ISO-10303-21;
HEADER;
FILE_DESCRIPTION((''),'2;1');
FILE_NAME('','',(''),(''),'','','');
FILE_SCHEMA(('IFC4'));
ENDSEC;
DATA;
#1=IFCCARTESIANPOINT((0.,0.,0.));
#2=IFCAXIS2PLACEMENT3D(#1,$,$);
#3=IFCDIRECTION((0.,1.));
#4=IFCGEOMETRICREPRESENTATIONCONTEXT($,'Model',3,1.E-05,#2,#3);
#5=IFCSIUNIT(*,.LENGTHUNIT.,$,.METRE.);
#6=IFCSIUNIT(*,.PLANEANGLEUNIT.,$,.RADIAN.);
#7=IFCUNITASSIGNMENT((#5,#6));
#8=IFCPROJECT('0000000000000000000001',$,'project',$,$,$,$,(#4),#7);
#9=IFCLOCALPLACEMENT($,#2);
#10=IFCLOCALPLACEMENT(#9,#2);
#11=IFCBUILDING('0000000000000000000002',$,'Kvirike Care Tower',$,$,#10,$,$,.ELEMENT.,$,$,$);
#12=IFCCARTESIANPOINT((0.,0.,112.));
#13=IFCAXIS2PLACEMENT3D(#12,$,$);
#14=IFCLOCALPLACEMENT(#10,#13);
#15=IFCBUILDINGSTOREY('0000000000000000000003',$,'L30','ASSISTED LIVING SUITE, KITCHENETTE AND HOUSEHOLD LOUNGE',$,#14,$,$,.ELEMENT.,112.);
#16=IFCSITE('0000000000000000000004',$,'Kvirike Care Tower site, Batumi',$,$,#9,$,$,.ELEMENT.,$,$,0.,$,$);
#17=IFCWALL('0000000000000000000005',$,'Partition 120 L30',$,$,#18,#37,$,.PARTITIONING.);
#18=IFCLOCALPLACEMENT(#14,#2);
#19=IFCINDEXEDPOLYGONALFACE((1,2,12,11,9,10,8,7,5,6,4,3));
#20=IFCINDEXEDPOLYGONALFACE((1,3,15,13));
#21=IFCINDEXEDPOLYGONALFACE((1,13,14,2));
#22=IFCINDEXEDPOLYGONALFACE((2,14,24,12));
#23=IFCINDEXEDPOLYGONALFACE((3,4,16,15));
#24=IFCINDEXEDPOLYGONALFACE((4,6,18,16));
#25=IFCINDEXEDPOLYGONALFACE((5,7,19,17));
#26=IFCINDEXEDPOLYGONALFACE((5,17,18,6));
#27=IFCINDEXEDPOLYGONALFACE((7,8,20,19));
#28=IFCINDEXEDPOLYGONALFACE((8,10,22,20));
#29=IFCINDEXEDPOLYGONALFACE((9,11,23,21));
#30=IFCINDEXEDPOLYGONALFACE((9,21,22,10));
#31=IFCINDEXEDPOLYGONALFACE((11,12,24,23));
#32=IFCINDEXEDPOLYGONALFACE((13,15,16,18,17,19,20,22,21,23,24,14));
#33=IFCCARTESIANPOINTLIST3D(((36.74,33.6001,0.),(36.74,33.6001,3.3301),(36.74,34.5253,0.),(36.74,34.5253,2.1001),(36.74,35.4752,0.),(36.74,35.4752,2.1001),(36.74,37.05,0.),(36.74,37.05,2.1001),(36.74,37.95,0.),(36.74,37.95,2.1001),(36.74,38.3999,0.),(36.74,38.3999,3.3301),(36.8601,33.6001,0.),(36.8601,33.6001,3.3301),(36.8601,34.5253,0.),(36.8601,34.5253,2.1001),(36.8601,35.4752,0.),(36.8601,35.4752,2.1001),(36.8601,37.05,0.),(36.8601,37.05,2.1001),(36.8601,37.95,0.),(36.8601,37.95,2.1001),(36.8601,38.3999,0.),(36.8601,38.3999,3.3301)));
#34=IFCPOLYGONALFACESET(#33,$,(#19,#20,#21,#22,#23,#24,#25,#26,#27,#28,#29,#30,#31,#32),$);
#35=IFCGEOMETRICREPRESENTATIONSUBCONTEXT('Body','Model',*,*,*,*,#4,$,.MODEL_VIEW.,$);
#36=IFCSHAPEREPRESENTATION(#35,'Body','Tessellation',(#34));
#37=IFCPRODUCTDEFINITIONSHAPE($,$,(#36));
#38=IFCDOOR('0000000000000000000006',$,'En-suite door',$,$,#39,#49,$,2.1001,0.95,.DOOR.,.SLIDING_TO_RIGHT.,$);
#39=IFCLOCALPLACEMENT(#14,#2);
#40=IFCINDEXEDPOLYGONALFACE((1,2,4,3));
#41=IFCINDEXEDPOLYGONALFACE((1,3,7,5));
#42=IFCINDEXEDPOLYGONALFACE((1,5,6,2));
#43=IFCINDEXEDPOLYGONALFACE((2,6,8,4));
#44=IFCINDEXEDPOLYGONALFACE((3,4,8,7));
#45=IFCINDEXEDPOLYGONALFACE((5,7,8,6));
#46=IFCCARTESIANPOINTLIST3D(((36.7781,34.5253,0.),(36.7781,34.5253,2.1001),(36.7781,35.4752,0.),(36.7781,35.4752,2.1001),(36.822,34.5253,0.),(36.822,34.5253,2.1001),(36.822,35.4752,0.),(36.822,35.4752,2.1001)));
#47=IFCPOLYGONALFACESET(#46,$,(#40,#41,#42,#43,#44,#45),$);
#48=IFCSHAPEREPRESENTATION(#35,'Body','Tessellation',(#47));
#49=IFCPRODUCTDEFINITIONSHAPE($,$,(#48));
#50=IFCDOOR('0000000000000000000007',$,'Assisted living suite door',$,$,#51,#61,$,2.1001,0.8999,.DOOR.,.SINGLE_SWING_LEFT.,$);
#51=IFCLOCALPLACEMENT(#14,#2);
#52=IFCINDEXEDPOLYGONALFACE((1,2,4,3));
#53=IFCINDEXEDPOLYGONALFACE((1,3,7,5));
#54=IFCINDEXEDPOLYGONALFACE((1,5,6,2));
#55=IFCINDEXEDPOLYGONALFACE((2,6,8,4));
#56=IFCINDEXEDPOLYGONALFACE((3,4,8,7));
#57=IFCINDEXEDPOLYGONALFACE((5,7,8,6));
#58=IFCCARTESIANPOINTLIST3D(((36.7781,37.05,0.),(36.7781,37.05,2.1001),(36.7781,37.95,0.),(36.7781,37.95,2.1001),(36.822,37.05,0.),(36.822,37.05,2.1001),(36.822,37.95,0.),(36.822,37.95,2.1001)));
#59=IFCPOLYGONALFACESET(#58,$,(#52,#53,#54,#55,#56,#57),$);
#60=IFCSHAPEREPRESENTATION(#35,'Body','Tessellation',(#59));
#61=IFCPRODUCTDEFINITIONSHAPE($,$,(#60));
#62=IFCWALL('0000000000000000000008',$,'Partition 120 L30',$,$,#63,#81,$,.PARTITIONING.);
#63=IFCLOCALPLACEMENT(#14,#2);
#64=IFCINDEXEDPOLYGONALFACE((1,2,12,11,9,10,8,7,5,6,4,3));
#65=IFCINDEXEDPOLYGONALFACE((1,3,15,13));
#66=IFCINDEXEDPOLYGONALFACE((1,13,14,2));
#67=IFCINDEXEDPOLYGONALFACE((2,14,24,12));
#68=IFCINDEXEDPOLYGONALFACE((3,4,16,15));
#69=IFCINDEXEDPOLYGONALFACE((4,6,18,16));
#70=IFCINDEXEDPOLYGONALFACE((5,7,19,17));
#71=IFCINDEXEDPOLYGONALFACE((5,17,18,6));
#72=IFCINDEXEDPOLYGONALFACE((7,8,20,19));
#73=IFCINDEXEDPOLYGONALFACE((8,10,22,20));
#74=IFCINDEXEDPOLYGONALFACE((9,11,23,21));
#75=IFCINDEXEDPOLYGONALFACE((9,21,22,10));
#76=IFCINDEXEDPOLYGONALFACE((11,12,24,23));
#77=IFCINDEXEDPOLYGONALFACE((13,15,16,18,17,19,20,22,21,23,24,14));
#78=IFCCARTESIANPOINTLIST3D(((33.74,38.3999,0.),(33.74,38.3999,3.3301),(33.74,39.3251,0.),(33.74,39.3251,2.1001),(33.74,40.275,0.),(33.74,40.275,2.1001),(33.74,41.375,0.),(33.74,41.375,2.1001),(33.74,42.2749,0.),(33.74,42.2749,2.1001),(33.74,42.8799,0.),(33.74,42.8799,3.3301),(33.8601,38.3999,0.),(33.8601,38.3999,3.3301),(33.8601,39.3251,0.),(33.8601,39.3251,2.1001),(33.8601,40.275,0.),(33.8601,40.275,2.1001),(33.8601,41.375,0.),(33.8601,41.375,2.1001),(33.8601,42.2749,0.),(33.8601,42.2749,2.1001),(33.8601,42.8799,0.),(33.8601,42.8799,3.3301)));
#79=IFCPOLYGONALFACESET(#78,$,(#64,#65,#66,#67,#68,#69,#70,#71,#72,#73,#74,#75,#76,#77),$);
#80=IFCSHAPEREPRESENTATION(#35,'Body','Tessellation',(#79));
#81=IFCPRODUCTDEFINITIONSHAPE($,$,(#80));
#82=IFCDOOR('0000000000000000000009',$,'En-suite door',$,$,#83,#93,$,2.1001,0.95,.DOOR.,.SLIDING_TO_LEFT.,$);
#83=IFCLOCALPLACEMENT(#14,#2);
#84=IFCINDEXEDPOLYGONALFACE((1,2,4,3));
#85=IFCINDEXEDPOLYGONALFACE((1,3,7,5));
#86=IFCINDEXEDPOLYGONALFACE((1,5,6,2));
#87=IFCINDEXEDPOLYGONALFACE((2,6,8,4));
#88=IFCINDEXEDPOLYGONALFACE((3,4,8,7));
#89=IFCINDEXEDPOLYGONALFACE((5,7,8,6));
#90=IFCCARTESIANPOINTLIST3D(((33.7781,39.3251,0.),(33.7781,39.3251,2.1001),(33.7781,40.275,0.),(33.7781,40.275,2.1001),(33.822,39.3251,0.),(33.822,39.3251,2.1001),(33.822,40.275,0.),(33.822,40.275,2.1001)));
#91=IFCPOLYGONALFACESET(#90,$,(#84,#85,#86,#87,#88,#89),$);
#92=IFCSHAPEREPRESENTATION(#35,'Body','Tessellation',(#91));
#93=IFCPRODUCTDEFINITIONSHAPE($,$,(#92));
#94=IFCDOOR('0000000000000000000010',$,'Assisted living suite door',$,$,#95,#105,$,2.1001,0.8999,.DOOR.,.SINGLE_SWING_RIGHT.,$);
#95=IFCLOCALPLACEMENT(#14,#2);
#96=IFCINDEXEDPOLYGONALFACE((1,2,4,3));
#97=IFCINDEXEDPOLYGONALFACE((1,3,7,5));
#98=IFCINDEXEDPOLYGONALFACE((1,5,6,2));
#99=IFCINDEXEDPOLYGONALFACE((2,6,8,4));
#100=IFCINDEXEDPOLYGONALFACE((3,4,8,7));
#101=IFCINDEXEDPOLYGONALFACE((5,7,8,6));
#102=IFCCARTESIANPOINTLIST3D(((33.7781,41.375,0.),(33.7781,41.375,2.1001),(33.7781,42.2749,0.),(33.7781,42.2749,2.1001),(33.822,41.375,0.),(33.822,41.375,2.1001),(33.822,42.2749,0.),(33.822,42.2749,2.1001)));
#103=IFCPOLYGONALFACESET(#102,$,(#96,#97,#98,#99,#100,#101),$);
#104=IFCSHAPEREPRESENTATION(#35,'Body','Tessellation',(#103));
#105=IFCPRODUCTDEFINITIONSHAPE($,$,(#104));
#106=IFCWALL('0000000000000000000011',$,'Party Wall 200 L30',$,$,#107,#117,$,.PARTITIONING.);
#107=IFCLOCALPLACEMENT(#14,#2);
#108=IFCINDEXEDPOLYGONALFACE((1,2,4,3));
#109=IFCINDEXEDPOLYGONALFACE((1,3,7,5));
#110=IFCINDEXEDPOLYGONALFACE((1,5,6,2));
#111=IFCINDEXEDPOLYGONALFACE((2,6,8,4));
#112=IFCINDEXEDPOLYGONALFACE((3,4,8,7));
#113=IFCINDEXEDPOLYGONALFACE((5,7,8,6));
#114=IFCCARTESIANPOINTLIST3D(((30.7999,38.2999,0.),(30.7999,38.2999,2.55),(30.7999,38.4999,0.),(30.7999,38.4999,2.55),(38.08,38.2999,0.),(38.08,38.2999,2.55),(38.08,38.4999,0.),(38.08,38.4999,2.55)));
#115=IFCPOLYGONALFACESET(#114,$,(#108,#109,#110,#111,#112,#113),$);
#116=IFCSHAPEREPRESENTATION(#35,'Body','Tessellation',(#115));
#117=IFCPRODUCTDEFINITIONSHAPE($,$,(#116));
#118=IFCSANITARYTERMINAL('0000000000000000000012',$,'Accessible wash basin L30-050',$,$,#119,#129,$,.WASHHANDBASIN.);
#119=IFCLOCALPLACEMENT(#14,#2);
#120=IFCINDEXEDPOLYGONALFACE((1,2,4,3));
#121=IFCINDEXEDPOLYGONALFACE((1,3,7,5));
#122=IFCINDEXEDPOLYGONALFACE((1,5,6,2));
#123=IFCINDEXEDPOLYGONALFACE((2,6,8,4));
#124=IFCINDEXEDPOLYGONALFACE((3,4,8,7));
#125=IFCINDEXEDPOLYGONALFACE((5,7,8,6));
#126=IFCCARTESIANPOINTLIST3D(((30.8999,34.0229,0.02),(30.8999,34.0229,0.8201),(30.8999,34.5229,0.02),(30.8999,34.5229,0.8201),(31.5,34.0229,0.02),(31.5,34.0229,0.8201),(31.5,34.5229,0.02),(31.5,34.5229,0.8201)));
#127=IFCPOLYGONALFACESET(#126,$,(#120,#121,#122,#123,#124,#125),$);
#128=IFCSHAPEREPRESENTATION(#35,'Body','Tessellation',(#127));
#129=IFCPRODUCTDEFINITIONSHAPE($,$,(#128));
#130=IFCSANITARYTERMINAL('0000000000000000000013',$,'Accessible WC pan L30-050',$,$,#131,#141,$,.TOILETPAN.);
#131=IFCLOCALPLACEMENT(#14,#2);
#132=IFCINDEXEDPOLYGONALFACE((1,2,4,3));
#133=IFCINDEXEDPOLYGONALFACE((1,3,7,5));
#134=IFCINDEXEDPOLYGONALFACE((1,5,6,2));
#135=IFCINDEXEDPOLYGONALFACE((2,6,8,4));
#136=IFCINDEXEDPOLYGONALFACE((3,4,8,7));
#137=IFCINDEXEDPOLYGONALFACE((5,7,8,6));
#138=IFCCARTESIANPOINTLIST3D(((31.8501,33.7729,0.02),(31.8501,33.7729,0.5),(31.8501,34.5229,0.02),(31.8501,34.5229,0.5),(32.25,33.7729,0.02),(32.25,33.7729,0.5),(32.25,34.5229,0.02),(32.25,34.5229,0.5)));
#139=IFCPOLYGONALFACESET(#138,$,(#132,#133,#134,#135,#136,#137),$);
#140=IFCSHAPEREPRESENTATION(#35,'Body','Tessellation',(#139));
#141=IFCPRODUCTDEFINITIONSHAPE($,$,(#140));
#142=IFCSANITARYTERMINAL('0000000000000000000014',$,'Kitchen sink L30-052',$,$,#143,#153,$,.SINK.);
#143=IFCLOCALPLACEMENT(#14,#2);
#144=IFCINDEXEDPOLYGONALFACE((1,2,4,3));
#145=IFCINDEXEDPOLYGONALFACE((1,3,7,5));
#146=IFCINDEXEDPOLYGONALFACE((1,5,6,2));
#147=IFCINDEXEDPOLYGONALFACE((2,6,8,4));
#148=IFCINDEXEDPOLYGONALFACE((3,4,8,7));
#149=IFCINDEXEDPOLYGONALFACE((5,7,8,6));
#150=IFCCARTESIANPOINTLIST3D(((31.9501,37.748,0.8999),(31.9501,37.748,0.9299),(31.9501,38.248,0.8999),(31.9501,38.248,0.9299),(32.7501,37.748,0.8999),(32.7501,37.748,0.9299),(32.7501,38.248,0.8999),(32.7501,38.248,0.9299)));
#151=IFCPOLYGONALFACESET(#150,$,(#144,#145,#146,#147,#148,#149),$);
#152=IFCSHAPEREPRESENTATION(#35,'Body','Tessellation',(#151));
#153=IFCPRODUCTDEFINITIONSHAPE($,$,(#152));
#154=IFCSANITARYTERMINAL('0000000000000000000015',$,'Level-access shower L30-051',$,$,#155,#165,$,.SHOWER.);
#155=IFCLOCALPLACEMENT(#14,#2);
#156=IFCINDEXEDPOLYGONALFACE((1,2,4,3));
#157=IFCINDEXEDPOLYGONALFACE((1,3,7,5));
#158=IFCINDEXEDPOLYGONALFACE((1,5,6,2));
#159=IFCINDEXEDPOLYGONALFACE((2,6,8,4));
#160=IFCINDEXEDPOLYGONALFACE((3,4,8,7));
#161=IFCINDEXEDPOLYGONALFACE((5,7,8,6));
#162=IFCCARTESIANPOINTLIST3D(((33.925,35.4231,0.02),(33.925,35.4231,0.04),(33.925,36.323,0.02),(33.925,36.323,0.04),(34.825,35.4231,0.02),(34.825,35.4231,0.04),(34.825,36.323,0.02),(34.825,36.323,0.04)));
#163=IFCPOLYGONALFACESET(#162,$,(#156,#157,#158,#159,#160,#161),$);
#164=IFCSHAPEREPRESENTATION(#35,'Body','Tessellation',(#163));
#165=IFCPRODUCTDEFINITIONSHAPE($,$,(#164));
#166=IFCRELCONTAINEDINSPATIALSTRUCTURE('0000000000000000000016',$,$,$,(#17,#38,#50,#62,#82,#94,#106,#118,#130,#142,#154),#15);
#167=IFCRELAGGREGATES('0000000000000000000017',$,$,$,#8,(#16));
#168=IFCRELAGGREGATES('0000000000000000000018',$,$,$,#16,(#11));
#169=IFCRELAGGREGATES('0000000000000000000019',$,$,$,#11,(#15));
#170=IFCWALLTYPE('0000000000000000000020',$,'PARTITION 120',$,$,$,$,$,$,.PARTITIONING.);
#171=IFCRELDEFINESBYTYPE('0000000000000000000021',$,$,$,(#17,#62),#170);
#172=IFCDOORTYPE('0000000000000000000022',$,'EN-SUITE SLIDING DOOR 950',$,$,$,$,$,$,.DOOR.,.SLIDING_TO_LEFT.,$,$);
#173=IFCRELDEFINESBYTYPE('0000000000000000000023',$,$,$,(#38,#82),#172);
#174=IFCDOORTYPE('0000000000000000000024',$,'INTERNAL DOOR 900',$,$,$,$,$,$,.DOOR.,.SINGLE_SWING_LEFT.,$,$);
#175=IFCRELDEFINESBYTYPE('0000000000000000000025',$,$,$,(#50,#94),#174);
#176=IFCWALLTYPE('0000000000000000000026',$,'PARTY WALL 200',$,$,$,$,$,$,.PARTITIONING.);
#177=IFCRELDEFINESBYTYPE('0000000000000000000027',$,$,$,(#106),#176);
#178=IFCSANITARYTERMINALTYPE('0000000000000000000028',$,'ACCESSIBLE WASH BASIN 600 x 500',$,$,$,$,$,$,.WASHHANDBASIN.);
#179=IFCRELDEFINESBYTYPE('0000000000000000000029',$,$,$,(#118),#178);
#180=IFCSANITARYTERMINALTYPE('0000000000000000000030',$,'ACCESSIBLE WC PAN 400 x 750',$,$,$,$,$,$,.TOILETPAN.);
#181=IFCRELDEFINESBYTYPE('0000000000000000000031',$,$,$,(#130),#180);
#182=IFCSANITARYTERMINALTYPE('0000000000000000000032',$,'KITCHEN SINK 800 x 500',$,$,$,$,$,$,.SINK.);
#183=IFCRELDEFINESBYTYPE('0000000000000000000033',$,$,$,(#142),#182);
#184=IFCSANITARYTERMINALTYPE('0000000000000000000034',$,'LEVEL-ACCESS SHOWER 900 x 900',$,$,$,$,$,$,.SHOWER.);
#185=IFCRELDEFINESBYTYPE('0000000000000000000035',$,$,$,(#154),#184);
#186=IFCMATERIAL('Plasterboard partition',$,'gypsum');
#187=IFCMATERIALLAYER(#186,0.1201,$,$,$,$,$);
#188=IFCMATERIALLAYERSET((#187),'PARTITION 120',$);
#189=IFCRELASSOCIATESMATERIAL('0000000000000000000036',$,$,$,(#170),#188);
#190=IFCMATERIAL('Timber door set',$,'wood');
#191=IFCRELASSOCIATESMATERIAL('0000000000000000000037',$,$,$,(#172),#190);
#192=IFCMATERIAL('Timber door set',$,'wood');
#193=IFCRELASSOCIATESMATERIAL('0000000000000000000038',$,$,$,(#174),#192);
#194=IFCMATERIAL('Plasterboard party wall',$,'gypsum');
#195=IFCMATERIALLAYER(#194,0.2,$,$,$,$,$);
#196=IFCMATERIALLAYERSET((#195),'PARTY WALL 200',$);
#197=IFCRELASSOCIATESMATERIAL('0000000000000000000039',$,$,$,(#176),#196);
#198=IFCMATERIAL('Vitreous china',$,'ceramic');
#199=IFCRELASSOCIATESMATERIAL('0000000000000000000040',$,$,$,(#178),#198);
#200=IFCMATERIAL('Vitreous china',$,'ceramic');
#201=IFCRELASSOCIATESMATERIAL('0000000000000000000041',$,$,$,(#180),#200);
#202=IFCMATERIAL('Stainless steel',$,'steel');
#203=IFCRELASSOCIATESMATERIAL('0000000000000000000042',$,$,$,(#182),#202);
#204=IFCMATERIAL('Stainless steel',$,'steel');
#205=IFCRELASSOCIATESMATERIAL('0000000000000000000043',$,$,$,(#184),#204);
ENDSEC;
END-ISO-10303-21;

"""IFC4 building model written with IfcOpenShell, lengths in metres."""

from ifc_helpers import new_model, si_unit, direction, frame, frame_2d, origin, origin_2d, place, context, subcontext, project, spatial, rectangle, extrude, material, layer, layer_set, type_object, element, fill, save


model = new_model("IFC4")

# Units and contexts
model_context = context("Model", 3, precision=1e-05, world=origin(), true_north=direction((0.0, 1.0)))
body_context = subcontext(model_context, "Body", "Model", "MODEL_VIEW")
ifc_project = project(units=[si_unit("LENGTHUNIT", "METRE"), si_unit("PLANEANGLEUNIT", "RADIAN")], contexts=[model_context])

# Site, building, storey
site_placement = place(None, origin())
site = spatial("IfcSite", under=ifc_project, at=site_placement, Name="Kvirike Care Tower site, Batumi", CompositionType="ELEMENT", RefElevation=0.0)
building_placement = place(site_placement, origin())
building = spatial("IfcBuilding", under=site, at=building_placement, Name="Kvirike Care Tower", CompositionType="ELEMENT")
storey_placement = place(building_placement, frame((0.0, 0.0, 112.0)))
storey = spatial("IfcBuildingStorey", under=building, at=storey_placement, Name="L30", Description="ASSISTED LIVING SUITE, KITCHENETTE AND HOUSEHOLD LOUNGE", CompositionType="ELEMENT", Elevation=112.0)

# Walls, openings, doors
ifc_material_1 = material(Name="Plasterboard partition", Category="gypsum")
ifc_layer_1 = layer(ifc_material_1, 0.1201)
ifc_layer_set_1 = layer_set([ifc_layer_1], Name="PARTITION 120")
wall_type_1 = type_object("IfcWallType", Name="PARTITION 120", PredefinedType="PARTITIONING", material=ifc_layer_set_1)
wall_1_placement = place(storey_placement, frame((36.8, 33.6001, 0.0), z_axis=(0.0, 0.0, 1.0), x_axis=(0.0, 1.0, 0.0)))
wall_1 = element("IfcWall", 1, at=wall_1_placement, inside=storey, type_object=wall_type_1, Name="Partition 120 L30", PredefinedType="PARTITIONING", context=body_context, shape_type="SweptSolid", body=[
    extrude(rectangle(XDim=4.7998, YDim=0.1201, at=frame_2d((2.3999, 0.0))), origin(), (0.0, 0.0, 1.0), 3.3301),
])
opening_1_placement = place(wall_1_placement, frame((3.45, 0.0, 0.0)))
opening_1 = element("IfcOpeningElement", 2, at=opening_1_placement, cuts=wall_1, PredefinedType="OPENING", context=body_context, shape_type="SweptSolid", body=[
    extrude(rectangle(XDim=0.8999, YDim=2.1001, at=frame_2d((0.45, 1.05))), frame((0.0, 0.0706, 0.0), z_axis=(0.0, -1.0, 0.0), x_axis=(1.0, 0.0, 0.0)), (0.0, 0.0, 1.0), 0.1411),
])
opening_2_placement = place(wall_1_placement, frame((0.925, 0.0, 0.0)))
opening_2 = element("IfcOpeningElement", 3, at=opening_2_placement, cuts=wall_1, PredefinedType="OPENING", context=body_context, shape_type="SweptSolid", body=[
    extrude(rectangle(XDim=0.95, YDim=2.1001, at=frame_2d((0.4751, 1.05))), frame((0.0, 0.0706, 0.0), z_axis=(0.0, -1.0, 0.0), x_axis=(1.0, 0.0, 0.0)), (0.0, 0.0, 1.0), 0.1411),
])
ifc_material_2 = material(Name="Timber door set", Category="wood")
door_type_1 = type_object("IfcDoorType", Name="EN-SUITE SLIDING DOOR 950", OperationType="SLIDING_TO_LEFT", PredefinedType="DOOR", material=ifc_material_2)
door_1_placement = place(opening_2_placement, origin())
door_1 = element("IfcDoor", 4, at=door_1_placement, inside=storey, type_object=door_type_1, Name="En-suite door", OperationType="SLIDING_TO_RIGHT", OverallHeight=2.1001, OverallWidth=0.95, PredefinedType="DOOR", context=body_context, shape_type="SweptSolid", body=[
    extrude(rectangle(XDim=0.95, YDim=2.1001, at=frame_2d((0.4751, 1.05))), frame((0.0, 0.022, 0.0), z_axis=(0.0, -1.0, 0.0), x_axis=(1.0, 0.0, 0.0)), (0.0, 0.0, 1.0), 0.0439),
])
fill(opening_2, door_1)
ifc_material_3 = material(Name="Timber door set", Category="wood")
door_type_2 = type_object("IfcDoorType", Name="INTERNAL DOOR 900", OperationType="SINGLE_SWING_LEFT", PredefinedType="DOOR", material=ifc_material_3)
door_2_placement = place(opening_1_placement, origin())
door_2 = element("IfcDoor", 5, at=door_2_placement, inside=storey, type_object=door_type_2, Name="Assisted living suite door", OperationType="SINGLE_SWING_LEFT", OverallHeight=2.1001, OverallWidth=0.8999, PredefinedType="DOOR", context=body_context, shape_type="SweptSolid", body=[
    extrude(rectangle(XDim=0.8999, YDim=2.1001, at=frame_2d((0.45, 1.05))), frame((0.0, 0.022, 0.0), z_axis=(0.0, -1.0, 0.0), x_axis=(1.0, 0.0, 0.0)), (0.0, 0.0, 1.0), 0.0439),
])
fill(opening_1, door_2)
wall_2_placement = place(storey_placement, frame((33.8, 38.3999, 0.0), z_axis=(0.0, 0.0, 1.0), x_axis=(0.0, 1.0, 0.0)))
wall_2 = element("IfcWall", 6, at=wall_2_placement, inside=storey, type_object=wall_type_1, Name="Partition 120 L30", PredefinedType="PARTITIONING", context=body_context, shape_type="SweptSolid", body=[
    extrude(rectangle(XDim=4.48, YDim=0.1201, at=frame_2d((2.24, 0.0))), origin(), (0.0, 0.0, 1.0), 3.3301),
])
opening_3_placement = place(wall_2_placement, frame((2.9751, 0.0, 0.0)))
opening_3 = element("IfcOpeningElement", 7, at=opening_3_placement, cuts=wall_2, PredefinedType="OPENING", context=body_context, shape_type="SweptSolid", body=[
    extrude(rectangle(XDim=0.8999, YDim=2.1001, at=frame_2d((0.45, 1.05))), frame((0.0, 0.0706, 0.0), z_axis=(0.0, -1.0, 0.0), x_axis=(1.0, 0.0, 0.0)), (0.0, 0.0, 1.0), 0.1411),
])
opening_4_placement = place(wall_2_placement, frame((0.925, 0.0, 0.0)))
opening_4 = element("IfcOpeningElement", 8, at=opening_4_placement, cuts=wall_2, PredefinedType="OPENING", context=body_context, shape_type="SweptSolid", body=[
    extrude(rectangle(XDim=0.95, YDim=2.1001, at=frame_2d((0.4751, 1.05))), frame((0.0, 0.0706, 0.0), z_axis=(0.0, -1.0, 0.0), x_axis=(1.0, 0.0, 0.0)), (0.0, 0.0, 1.0), 0.1411),
])
door_3_placement = place(opening_4_placement, origin())
door_3 = element("IfcDoor", 9, at=door_3_placement, inside=storey, type_object=door_type_1, Name="En-suite door", OperationType="SLIDING_TO_LEFT", OverallHeight=2.1001, OverallWidth=0.95, PredefinedType="DOOR", context=body_context, shape_type="SweptSolid", body=[
    extrude(rectangle(XDim=0.95, YDim=2.1001, at=frame_2d((0.4751, 1.05))), frame((0.0, 0.022, 0.0), z_axis=(0.0, -1.0, 0.0), x_axis=(1.0, 0.0, 0.0)), (0.0, 0.0, 1.0), 0.0439),
])
fill(opening_4, door_3)
door_4_placement = place(opening_3_placement, origin())
door_4 = element("IfcDoor", 10, at=door_4_placement, inside=storey, type_object=door_type_2, Name="Assisted living suite door", OperationType="SINGLE_SWING_RIGHT", OverallHeight=2.1001, OverallWidth=0.8999, PredefinedType="DOOR", context=body_context, shape_type="SweptSolid", body=[
    extrude(rectangle(XDim=0.8999, YDim=2.1001, at=frame_2d((0.45, 1.05))), frame((0.0, 0.022, 0.0), z_axis=(0.0, -1.0, 0.0), x_axis=(1.0, 0.0, 0.0)), (0.0, 0.0, 1.0), 0.0439),
])
fill(opening_3, door_4)

# Wall
ifc_material_4 = material(Name="Plasterboard party wall", Category="gypsum")
ifc_layer_2 = layer(ifc_material_4, 0.2)
ifc_layer_set_2 = layer_set([ifc_layer_2], Name="PARTY WALL 200")
wall_type_2 = type_object("IfcWallType", Name="PARTY WALL 200", PredefinedType="PARTITIONING", material=ifc_layer_set_2)
wall_3_placement = place(storey_placement, frame((38.0801, 38.3999, 0.0), z_axis=(0.0, 0.0, 1.0), x_axis=(-1.0, 0.0, 0.0)))
element("IfcWall", 11, at=wall_3_placement, inside=storey, type_object=wall_type_2, Name="Party Wall 200 L30", PredefinedType="PARTITIONING", context=body_context, shape_type="SweptSolid", body=[
    extrude(rectangle(XDim=7.28, YDim=0.2, at=frame_2d((3.6401, 0.0))), origin(), (0.0, 0.0, 1.0), 2.55),
])

# Sanitary terminals
ifc_material_5 = material(Name="Vitreous china", Category="ceramic")
sanitary_terminal_type_1 = type_object("IfcSanitaryTerminalType", Name="ACCESSIBLE WASH BASIN 600 x 500", PredefinedType="WASHHANDBASIN", material=ifc_material_5)
sanitary_terminal_1_placement = place(storey_placement, frame((31.2, 34.2729, 0.02), z_axis=(0.0, 0.0, 1.0), x_axis=(1.0, 0.0, 0.0)))
element("IfcSanitaryTerminal", 12, at=sanitary_terminal_1_placement, inside=storey, type_object=sanitary_terminal_type_1, Name="Accessible wash basin L30-050", PredefinedType="WASHHANDBASIN", context=body_context, shape_type="SweptSolid", body=[
    extrude(rectangle(XDim=0.6001, YDim=0.5, at=origin_2d()), origin(), (0.0, 0.0, 1.0), 0.8),
])
ifc_material_6 = material(Name="Vitreous china", Category="ceramic")
sanitary_terminal_type_2 = type_object("IfcSanitaryTerminalType", Name="ACCESSIBLE WC PAN 400 x 750", PredefinedType="TOILETPAN", material=ifc_material_6)
sanitary_terminal_2_placement = place(storey_placement, frame((32.05, 34.1479, 0.02), z_axis=(0.0, 0.0, 1.0), x_axis=(1.0, 0.0, 0.0)))
element("IfcSanitaryTerminal", 13, at=sanitary_terminal_2_placement, inside=storey, type_object=sanitary_terminal_type_2, Name="Accessible WC pan L30-050", PredefinedType="TOILETPAN", context=body_context, shape_type="SweptSolid", body=[
    extrude(rectangle(XDim=0.3999, YDim=0.75, at=origin_2d()), origin(), (0.0, 0.0, 1.0), 0.48),
])
ifc_material_7 = material(Name="Stainless steel", Category="steel")
sanitary_terminal_type_3 = type_object("IfcSanitaryTerminalType", Name="KITCHEN SINK 800 x 500", PredefinedType="SINK", material=ifc_material_7)
sanitary_terminal_3_placement = place(storey_placement, frame((32.3501, 37.998, 0.8999), z_axis=(0.0, 0.0, 1.0), x_axis=(1.0, 0.0, 0.0)))
element("IfcSanitaryTerminal", 14, at=sanitary_terminal_3_placement, inside=storey, type_object=sanitary_terminal_type_3, Name="Kitchen sink L30-052", PredefinedType="SINK", context=body_context, shape_type="SweptSolid", body=[
    extrude(rectangle(XDim=0.8, YDim=0.5, at=origin_2d()), origin(), (0.0, 0.0, 1.0), 0.03),
])
ifc_material_8 = material(Name="Stainless steel", Category="steel")
sanitary_terminal_type_4 = type_object("IfcSanitaryTerminalType", Name="LEVEL-ACCESS SHOWER 900 x 900", PredefinedType="SHOWER", material=ifc_material_8)
sanitary_terminal_4_placement = place(storey_placement, frame((34.375, 35.873, 0.02), z_axis=(0.0, 0.0, 1.0), x_axis=(1.0, 0.0, 0.0)))
element("IfcSanitaryTerminal", 15, at=sanitary_terminal_4_placement, inside=storey, type_object=sanitary_terminal_type_4, Name="Level-access shower L30-051", PredefinedType="SHOWER", context=body_context, shape_type="SweptSolid", body=[
    extrude(rectangle(XDim=0.8999, YDim=0.8999, at=origin_2d()), origin(), (0.0, 0.0, 1.0), 0.02),
])

save(model, "model.ifc")
